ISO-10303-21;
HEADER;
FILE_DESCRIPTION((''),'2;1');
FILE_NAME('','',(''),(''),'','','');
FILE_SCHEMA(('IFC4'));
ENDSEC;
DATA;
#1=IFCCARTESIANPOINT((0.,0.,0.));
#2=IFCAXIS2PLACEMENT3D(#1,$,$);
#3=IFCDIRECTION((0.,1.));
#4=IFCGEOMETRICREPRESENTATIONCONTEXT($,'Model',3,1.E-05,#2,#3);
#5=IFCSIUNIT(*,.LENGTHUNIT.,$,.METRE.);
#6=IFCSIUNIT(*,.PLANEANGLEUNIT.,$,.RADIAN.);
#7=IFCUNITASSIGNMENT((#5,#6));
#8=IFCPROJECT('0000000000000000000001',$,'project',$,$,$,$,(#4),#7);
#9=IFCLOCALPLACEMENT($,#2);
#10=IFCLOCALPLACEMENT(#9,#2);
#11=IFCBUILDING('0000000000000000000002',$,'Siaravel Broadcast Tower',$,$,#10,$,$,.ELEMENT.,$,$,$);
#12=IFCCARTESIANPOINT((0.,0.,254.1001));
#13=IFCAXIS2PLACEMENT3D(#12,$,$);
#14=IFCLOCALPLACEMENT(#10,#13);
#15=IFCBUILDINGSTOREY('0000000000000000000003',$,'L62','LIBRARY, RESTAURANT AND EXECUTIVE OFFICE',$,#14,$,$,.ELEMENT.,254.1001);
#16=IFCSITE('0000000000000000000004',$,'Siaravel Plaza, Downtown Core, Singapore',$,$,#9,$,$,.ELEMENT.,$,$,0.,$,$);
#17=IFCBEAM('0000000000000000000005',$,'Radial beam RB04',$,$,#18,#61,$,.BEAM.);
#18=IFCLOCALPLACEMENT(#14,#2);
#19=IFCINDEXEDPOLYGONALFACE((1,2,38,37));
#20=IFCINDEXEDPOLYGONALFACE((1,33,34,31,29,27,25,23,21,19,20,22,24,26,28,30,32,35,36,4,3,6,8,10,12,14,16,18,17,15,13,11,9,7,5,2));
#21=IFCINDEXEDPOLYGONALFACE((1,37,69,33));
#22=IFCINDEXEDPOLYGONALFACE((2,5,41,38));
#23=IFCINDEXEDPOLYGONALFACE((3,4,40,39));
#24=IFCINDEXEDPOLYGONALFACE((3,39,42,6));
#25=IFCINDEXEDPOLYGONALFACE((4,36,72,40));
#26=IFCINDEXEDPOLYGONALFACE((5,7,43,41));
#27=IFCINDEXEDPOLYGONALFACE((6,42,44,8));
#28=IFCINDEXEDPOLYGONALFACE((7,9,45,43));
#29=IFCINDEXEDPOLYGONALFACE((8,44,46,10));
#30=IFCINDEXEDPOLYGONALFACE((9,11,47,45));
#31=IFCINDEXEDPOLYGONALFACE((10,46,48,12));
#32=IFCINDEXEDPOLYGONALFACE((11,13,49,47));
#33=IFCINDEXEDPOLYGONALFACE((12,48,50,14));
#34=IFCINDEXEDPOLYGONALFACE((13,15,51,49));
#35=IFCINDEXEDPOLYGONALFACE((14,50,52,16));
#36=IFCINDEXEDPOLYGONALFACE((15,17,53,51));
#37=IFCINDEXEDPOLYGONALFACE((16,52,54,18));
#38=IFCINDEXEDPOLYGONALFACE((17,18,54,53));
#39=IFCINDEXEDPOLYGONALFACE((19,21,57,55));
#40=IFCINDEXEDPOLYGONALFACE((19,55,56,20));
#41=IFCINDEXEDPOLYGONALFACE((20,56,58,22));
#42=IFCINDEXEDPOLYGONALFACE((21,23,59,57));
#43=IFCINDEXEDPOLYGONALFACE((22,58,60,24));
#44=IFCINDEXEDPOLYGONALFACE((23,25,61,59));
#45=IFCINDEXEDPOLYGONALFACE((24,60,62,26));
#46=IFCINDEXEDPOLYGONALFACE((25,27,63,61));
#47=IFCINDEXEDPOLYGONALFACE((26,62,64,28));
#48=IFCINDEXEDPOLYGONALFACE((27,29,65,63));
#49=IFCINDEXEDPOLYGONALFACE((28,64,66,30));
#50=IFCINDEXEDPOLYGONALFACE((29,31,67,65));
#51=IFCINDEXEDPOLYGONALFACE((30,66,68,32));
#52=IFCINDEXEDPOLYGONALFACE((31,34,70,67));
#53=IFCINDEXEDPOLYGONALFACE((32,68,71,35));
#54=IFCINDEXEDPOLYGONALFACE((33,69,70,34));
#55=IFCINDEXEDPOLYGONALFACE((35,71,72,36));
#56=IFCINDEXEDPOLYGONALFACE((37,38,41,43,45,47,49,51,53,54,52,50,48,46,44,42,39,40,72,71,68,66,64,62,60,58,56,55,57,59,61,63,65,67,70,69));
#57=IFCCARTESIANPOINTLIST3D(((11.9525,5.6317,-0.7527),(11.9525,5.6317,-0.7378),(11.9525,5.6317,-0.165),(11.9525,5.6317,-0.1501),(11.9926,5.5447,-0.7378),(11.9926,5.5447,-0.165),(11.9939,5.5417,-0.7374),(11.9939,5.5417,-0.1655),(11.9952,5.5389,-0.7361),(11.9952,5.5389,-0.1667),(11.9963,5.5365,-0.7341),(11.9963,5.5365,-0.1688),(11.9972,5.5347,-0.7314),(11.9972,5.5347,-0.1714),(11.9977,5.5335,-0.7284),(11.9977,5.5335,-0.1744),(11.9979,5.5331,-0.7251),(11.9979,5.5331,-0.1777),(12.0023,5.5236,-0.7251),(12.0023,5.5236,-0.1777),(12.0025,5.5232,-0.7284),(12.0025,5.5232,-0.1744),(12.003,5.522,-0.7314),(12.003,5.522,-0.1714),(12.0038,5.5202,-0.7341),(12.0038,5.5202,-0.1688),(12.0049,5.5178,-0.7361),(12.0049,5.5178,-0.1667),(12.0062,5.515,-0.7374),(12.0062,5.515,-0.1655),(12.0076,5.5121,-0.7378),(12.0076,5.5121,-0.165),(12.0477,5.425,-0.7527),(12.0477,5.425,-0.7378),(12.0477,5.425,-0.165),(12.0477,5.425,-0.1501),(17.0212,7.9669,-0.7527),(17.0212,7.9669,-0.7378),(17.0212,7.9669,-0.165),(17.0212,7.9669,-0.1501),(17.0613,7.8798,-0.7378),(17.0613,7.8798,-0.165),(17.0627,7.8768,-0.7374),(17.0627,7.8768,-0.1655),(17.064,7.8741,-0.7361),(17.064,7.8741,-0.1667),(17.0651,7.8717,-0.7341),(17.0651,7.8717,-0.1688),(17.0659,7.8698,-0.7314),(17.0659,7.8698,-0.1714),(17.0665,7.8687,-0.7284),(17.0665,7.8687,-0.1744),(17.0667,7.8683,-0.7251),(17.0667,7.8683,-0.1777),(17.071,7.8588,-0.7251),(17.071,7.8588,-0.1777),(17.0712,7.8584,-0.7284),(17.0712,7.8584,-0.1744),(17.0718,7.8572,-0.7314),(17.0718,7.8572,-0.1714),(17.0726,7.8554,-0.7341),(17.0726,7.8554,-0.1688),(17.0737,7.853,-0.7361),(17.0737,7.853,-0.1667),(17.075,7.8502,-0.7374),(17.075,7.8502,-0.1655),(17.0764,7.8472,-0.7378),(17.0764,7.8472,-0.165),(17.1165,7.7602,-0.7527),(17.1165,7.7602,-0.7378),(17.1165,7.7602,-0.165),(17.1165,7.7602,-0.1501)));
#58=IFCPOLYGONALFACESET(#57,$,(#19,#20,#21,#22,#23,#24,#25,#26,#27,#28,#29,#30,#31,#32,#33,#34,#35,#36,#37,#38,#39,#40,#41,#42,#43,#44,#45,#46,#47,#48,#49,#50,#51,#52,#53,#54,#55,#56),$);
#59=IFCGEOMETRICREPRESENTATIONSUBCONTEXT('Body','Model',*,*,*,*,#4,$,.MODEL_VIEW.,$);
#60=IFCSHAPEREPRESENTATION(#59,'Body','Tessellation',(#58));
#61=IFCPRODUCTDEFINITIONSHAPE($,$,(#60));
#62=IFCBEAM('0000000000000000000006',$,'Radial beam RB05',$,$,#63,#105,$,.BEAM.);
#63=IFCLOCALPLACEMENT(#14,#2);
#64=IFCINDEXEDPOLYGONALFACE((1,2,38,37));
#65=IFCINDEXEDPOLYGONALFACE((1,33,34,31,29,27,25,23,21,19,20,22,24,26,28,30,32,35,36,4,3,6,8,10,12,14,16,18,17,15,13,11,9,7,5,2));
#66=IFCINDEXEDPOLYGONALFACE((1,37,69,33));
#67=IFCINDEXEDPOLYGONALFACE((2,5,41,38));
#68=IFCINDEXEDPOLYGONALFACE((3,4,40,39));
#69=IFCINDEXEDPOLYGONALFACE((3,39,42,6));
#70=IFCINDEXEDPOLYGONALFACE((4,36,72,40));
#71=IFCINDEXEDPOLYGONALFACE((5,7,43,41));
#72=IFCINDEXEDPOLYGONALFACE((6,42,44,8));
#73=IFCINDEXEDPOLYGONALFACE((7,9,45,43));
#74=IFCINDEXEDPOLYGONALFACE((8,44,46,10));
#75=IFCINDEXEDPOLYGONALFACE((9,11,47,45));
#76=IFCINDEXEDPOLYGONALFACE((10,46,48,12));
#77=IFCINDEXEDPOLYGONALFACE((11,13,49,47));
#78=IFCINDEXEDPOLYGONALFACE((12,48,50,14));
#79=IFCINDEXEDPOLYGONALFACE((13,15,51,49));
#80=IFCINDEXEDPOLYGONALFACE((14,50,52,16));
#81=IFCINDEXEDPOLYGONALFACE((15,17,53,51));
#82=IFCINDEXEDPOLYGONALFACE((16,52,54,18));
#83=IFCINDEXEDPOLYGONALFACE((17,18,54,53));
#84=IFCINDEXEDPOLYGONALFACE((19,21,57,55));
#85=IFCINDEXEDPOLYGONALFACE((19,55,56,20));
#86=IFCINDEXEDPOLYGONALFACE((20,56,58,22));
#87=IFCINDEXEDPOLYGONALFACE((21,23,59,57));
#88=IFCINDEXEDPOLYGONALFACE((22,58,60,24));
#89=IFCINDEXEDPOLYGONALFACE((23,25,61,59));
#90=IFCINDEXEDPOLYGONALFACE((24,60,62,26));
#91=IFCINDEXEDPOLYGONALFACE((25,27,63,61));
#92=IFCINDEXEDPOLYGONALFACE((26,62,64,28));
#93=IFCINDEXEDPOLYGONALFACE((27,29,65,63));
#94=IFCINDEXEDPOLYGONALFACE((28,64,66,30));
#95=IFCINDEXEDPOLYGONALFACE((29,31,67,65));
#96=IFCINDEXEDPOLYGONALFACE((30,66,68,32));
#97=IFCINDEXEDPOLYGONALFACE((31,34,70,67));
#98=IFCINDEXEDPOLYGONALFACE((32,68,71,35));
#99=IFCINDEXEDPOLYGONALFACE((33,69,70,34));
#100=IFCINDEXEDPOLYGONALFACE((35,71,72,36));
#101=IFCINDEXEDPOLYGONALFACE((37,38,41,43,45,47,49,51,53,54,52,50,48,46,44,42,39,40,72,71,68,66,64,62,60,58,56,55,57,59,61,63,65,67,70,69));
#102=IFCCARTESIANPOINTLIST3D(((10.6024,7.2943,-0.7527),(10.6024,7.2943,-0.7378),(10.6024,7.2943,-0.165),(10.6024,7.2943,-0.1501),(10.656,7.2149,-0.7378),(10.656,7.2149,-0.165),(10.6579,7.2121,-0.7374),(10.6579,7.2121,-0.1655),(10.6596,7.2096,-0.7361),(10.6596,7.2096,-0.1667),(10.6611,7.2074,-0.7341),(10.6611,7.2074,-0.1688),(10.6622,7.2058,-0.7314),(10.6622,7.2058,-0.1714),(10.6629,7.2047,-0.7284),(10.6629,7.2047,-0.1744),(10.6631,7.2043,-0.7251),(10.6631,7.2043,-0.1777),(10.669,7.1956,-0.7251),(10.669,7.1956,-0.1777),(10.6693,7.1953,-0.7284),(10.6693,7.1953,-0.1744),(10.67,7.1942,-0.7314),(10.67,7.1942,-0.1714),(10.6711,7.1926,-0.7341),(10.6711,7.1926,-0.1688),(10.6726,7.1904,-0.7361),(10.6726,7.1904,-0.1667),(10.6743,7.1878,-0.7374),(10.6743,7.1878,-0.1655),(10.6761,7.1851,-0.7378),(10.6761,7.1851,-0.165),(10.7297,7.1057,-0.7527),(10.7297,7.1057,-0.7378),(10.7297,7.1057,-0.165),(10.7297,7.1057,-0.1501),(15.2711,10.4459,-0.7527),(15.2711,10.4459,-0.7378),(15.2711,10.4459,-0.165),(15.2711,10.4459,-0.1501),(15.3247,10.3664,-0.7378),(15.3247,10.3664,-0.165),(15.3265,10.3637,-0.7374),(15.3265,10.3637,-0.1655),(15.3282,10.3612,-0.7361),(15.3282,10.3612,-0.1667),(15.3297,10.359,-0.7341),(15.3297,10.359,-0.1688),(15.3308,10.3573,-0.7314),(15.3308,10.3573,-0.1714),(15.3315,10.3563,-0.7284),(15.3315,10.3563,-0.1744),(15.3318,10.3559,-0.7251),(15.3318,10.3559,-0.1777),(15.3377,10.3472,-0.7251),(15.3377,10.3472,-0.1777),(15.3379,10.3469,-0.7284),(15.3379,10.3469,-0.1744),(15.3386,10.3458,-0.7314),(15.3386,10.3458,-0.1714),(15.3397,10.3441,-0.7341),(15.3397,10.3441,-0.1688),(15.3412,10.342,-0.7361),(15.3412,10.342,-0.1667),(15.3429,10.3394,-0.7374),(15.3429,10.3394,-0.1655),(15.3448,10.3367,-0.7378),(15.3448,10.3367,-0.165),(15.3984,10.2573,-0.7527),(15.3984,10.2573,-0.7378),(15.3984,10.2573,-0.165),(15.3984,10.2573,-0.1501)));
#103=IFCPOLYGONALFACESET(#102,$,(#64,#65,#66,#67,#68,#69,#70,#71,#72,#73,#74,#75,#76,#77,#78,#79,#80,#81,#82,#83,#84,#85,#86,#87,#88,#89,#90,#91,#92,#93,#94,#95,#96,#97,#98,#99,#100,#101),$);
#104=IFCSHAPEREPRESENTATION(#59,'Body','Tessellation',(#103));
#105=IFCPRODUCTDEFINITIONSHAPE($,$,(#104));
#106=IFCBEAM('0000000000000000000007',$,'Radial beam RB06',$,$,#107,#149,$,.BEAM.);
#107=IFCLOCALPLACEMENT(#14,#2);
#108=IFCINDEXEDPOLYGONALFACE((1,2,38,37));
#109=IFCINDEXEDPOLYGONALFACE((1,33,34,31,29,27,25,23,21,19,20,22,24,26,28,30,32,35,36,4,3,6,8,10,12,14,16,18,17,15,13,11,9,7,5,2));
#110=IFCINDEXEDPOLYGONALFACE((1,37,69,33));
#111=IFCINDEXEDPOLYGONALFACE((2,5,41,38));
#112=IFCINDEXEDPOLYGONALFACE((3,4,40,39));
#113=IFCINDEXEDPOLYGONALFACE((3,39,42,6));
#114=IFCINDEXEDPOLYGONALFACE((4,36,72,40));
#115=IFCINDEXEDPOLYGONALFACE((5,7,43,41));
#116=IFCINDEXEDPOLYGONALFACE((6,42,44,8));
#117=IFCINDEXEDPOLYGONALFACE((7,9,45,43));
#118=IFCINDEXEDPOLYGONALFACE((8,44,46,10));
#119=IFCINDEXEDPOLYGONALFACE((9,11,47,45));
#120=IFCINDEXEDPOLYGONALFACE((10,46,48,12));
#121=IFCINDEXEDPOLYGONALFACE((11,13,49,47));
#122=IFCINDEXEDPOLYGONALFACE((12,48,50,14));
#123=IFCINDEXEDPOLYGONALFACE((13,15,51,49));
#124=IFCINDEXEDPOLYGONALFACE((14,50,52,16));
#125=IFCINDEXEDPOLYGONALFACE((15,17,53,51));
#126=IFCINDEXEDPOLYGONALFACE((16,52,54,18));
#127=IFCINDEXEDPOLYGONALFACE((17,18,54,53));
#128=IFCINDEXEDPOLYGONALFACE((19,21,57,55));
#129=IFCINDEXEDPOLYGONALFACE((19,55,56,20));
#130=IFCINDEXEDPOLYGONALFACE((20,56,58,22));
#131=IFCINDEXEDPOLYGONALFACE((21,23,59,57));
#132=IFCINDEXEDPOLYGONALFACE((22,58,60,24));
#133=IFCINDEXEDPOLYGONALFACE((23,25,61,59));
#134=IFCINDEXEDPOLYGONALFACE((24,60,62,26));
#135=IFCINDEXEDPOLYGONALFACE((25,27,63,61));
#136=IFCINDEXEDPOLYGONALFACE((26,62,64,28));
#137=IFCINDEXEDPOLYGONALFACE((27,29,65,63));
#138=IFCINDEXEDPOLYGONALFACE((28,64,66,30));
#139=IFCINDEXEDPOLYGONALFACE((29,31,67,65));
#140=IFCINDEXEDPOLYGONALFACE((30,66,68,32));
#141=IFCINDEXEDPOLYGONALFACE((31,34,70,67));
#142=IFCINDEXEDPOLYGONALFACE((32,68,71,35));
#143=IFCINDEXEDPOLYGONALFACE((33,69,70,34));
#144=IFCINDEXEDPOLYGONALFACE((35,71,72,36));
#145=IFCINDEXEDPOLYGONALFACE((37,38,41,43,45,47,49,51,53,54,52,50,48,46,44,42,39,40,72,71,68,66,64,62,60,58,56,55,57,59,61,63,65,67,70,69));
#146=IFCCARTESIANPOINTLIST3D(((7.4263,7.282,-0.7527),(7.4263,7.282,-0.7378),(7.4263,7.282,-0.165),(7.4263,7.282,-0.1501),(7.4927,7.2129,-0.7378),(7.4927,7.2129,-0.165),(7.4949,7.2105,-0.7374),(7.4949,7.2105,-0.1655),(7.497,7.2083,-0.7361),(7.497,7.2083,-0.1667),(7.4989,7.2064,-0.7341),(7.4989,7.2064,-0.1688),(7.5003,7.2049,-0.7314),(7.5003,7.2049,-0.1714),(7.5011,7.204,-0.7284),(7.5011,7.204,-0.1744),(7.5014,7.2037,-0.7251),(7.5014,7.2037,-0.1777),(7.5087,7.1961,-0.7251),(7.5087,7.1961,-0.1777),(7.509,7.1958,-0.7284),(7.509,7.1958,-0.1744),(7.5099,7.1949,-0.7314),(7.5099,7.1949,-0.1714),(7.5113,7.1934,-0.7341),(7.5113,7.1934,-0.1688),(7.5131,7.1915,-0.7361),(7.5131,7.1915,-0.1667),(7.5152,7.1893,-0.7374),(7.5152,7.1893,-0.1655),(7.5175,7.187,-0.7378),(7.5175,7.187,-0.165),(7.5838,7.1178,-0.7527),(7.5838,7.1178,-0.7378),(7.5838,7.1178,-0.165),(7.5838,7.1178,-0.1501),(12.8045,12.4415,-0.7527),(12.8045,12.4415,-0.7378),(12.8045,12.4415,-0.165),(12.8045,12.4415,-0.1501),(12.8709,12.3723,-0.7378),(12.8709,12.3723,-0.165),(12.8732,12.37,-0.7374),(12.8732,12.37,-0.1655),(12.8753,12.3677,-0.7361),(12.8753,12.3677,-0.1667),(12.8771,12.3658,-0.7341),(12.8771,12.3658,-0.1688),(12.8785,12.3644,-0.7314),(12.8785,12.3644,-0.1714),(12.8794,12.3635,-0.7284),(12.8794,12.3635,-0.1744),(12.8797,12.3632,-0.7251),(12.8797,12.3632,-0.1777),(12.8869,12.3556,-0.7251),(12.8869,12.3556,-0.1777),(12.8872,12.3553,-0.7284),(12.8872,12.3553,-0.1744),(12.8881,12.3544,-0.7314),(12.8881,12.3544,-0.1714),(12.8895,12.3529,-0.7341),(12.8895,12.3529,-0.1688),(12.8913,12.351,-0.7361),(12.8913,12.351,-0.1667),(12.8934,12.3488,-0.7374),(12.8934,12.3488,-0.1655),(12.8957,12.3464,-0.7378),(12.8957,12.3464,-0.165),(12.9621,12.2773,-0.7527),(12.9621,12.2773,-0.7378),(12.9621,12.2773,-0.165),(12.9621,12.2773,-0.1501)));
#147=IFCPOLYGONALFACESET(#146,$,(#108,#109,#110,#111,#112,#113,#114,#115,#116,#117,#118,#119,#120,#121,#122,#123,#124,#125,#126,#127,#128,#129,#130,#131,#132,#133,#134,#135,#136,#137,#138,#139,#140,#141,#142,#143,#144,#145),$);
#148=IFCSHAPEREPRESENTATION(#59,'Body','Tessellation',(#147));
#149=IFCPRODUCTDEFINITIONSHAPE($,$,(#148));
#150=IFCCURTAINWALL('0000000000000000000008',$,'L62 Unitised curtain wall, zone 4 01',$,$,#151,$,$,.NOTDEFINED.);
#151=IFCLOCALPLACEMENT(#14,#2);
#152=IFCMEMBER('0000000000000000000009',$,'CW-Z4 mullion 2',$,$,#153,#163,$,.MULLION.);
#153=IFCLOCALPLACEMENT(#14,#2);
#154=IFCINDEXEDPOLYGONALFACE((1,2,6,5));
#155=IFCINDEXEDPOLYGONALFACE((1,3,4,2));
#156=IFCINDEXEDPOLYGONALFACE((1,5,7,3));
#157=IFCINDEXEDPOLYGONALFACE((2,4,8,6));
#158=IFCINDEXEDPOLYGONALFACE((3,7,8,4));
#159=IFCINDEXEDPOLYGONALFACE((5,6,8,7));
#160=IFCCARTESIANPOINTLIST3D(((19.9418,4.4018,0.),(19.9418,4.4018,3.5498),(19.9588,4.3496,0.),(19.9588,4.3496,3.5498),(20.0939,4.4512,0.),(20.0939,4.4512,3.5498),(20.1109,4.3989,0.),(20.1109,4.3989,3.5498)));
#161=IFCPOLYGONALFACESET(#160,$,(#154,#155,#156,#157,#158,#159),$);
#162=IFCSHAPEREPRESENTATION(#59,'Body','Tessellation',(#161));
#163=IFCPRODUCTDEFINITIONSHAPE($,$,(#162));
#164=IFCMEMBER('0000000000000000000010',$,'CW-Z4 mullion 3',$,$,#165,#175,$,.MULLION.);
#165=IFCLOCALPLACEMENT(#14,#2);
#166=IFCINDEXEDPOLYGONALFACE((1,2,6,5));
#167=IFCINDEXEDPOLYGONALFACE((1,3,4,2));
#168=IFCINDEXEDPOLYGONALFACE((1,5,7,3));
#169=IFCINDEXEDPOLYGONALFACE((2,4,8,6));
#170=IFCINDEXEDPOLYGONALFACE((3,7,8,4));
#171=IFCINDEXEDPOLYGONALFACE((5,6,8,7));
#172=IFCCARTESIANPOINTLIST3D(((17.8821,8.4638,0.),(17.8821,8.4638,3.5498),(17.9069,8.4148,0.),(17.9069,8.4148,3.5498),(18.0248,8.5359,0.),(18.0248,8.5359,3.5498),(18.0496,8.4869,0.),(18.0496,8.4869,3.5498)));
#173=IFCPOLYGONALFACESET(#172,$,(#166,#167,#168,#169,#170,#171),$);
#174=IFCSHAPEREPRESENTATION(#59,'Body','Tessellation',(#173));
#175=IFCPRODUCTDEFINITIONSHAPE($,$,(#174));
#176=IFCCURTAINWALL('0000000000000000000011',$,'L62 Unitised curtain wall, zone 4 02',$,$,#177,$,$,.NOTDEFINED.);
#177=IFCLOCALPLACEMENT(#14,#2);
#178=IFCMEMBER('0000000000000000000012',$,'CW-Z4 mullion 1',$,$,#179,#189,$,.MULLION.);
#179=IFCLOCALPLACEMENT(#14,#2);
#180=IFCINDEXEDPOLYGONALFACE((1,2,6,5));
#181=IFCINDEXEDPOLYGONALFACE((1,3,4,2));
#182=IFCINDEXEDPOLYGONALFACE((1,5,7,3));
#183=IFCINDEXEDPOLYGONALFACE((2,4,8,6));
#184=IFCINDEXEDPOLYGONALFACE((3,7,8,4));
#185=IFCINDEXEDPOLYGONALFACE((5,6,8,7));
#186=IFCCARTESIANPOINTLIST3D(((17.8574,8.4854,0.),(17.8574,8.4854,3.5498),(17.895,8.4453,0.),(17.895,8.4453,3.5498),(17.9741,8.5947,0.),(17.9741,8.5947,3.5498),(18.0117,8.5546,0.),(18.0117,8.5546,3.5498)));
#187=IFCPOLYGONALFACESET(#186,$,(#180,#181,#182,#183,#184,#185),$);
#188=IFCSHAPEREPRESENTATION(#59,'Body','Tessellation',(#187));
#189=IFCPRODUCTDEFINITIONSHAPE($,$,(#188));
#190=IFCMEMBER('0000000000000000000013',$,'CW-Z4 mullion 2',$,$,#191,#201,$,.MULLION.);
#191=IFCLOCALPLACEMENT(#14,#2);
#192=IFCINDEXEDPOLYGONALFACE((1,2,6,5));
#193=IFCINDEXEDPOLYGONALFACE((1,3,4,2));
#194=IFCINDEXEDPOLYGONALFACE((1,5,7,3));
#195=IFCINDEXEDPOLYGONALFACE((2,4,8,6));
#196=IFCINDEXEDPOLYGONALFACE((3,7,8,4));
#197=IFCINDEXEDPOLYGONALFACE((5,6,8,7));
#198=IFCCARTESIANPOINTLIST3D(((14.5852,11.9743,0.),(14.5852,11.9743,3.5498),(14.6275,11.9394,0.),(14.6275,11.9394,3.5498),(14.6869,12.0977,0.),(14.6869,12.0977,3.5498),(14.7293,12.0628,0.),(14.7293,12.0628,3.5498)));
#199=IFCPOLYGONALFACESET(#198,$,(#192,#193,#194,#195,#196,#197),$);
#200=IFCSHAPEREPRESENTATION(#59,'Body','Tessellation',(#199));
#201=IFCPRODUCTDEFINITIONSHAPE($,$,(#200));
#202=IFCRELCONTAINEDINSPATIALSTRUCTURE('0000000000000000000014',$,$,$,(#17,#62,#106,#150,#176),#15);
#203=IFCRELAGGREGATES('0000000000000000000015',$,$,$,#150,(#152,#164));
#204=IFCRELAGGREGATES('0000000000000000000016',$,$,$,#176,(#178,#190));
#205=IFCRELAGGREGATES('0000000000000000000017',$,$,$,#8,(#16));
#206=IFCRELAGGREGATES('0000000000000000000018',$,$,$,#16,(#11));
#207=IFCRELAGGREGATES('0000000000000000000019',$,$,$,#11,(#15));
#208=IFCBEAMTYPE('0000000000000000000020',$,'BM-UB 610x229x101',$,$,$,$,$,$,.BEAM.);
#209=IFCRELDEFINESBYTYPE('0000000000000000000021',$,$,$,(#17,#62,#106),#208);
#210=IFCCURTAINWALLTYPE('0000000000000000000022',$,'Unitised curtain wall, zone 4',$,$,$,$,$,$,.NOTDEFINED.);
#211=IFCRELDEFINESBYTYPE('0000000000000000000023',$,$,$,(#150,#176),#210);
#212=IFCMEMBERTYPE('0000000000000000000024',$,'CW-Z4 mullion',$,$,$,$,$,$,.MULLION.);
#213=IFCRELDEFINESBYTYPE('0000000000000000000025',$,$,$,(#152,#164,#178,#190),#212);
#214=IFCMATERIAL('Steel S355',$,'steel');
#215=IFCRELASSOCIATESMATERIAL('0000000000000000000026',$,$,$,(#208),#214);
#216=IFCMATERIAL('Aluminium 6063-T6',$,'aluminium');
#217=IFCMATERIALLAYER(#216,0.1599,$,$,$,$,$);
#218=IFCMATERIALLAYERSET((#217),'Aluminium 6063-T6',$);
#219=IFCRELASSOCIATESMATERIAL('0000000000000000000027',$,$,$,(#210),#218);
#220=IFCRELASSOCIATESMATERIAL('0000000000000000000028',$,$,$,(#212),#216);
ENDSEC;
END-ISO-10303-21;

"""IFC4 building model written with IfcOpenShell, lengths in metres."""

from ifc_helpers import new_model, si_unit, direction, frame, origin, origin_2d, place, context, subcontext, project, spatial, rectangle, i_section, extrude, material, layer, layer_set, material_profile, profile_set, type_object, element, aggregate, save


model = new_model("IFC4")

# Units and contexts
model_context = context("Model", 3, precision=1e-05, world=origin(), true_north=direction((0.0, 1.0)))
body_context = subcontext(model_context, "Body", "Model", "MODEL_VIEW")
ifc_project = project(units=[si_unit("LENGTHUNIT", "METRE"), si_unit("PLANEANGLEUNIT", "RADIAN")], contexts=[model_context])

# Site, building, storey
site_placement = place(None, origin())
site = spatial("IfcSite", under=ifc_project, at=site_placement, Name="Siaravel Plaza, Downtown Core, Singapore", CompositionType="ELEMENT", RefElevation=0.0)
building_placement = place(site_placement, origin())
building = spatial("IfcBuilding", under=site, at=building_placement, Name="Siaravel Broadcast Tower", CompositionType="ELEMENT")
storey_placement = place(building_placement, frame((0.0, 0.0, 254.1001)))
storey = spatial("IfcBuildingStorey", under=building, at=storey_placement, Name="L62", Description="LIBRARY, RESTAURANT AND EXECUTIVE OFFICE", CompositionType="ELEMENT", Elevation=254.1001)

# Beams
ifc_material_1 = material(Name="Steel S355", Category="steel")
ifc_material_profile_1 = material_profile(ifc_material_1, i_section(OverallWidth=0.2275, OverallDepth=0.6025, WebThickness=0.0105, FlangeThickness=0.0149, FilletRadius=0.0127, at=origin_2d()))
ifc_profile_set_1 = profile_set([ifc_material_profile_1], Name="Steel S355")
beam_type = type_object("IfcBeamType", Name="BM-UB 610x229x101", PredefinedType="BEAM", material=ifc_profile_set_1)
beam_1_placement = place(storey_placement, frame((17.0688, 7.8635, -0.4514), z_axis=(-0.90825, -0.418428, 0.0), x_axis=(0.418428, -0.90825, 0.0)))
element("IfcBeam", 1, at=beam_1_placement, inside=storey, type_object=beam_type, Name="Radial beam RB04", PredefinedType="BEAM", context=body_context, shape_type="SweptSolid", body=[
    extrude(i_section(OverallWidth=0.2275, OverallDepth=0.6025, WebThickness=0.0105, FlangeThickness=0.0149, FilletRadius=0.0127, at=origin_2d()), origin(), (0.0, 0.0, 1.0), 5.5808),
])
beam_2_placement = place(storey_placement, frame((15.3347, 10.3516, -0.4514), z_axis=(-0.828829, -0.559502, 0.0), x_axis=(0.559502, -0.828829, 0.0)))
element("IfcBeam", 2, at=beam_2_placement, inside=storey, type_object=beam_type, Name="Radial beam RB05", PredefinedType="BEAM", context=body_context, shape_type="SweptSolid", body=[
    extrude(i_section(OverallWidth=0.2275, OverallDepth=0.6025, WebThickness=0.0105, FlangeThickness=0.0149, FilletRadius=0.0127, at=origin_2d()), origin(), (0.0, 0.0, 1.0), 5.6328),
])
beam_3_placement = place(storey_placement, frame((12.8833, 12.3594, -0.4514), z_axis=(-0.72163, -0.692279, 0.0), x_axis=(0.692279, -0.72163, 0.0)))
element("IfcBeam", 3, at=beam_3_placement, inside=storey, type_object=beam_type, Name="Radial beam RB06", PredefinedType="BEAM", context=body_context, shape_type="SweptSolid", body=[
    extrude(i_section(OverallWidth=0.2275, OverallDepth=0.6025, WebThickness=0.0105, FlangeThickness=0.0149, FilletRadius=0.0127, at=origin_2d()), origin(), (0.0, 0.0, 1.0), 7.4529),
])

# Curtain walls, members
ifc_material_2 = material(Name="Aluminium 6063-T6", Category="aluminium")
ifc_layer_1 = layer(ifc_material_2, 0.1599)
ifc_layer_set_1 = layer_set([ifc_layer_1], Name="Aluminium 6063-T6")
curtain_wall_type = type_object("IfcCurtainWallType", Name="Unitised curtain wall, zone 4", PredefinedType="NOTDEFINED", material=ifc_layer_set_1)
curtain_wall_1_placement = place(storey_placement, origin())
curtain_wall_1 = element("IfcCurtainWall", 4, at=curtain_wall_1_placement, inside=storey, type_object=curtain_wall_type, Name="L62 Unitised curtain wall, zone 4 01", PredefinedType="NOTDEFINED")
ifc_material_profile_2 = material_profile(ifc_material_2, rectangle(XDim=0.1599, YDim=0.0549, at=origin_2d()))
ifc_profile_set_2 = profile_set([ifc_material_profile_2], Name="Aluminium 6063-T6")
member_type_1 = type_object("IfcMemberType", Name="CW-Z4 mullion", PredefinedType="MULLION", material=ifc_profile_set_2)
member_1_placement = place(storey_placement, frame((20.0264, 4.4004, 0.0), z_axis=(0.0, 0.0, 1.0), x_axis=(-0.951178, -0.308644, 0.0)))
member_1 = element("IfcMember", 5, at=member_1_placement, type_object=member_type_1, Name="CW-Z4 mullion 2", PredefinedType="MULLION", context=body_context, shape_type="SweptSolid", body=[
    extrude(rectangle(XDim=0.1599, YDim=0.0549, at=origin_2d()), origin(), (0.0, 0.0, 1.0), 3.5498),
])
member_2_placement = place(storey_placement, frame((17.9658, 8.4753, 0.0), z_axis=(0.0, 0.0, 1.0), x_axis=(-0.892393, -0.451259, 0.0)))
member_2 = element("IfcMember", 6, at=member_2_placement, type_object=member_type_1, Name="CW-Z4 mullion 3", PredefinedType="MULLION", context=body_context, shape_type="SweptSolid", body=[
    extrude(rectangle(XDim=0.1599, YDim=0.0549, at=origin_2d()), origin(), (0.0, 0.0, 1.0), 3.5498),
])
curtain_wall_2_placement = place(storey_placement, origin())
curtain_wall_2 = element("IfcCurtainWall", 7, at=curtain_wall_2_placement, inside=storey, type_object=curtain_wall_type, Name="L62 Unitised curtain wall, zone 4 02", PredefinedType="NOTDEFINED")
member_3_placement = place(storey_placement, frame((17.9346, 8.52, 0.0), z_axis=(0.0, 0.0, 1.0), x_axis=(-0.729807, -0.683654, 0.0)))
member_3 = element("IfcMember", 8, at=member_3_placement, type_object=member_type_1, Name="CW-Z4 mullion 1", PredefinedType="MULLION", context=body_context, shape_type="SweptSolid", body=[
    extrude(rectangle(XDim=0.1599, YDim=0.0549, at=origin_2d()), origin(), (0.0, 0.0, 1.0), 3.5498),
])
member_4_placement = place(storey_placement, frame((14.6572, 12.0186, 0.0), z_axis=(0.0, 0.0, 1.0), x_axis=(-0.63622, -0.771508, 0.0)))
member_4 = element("IfcMember", 9, at=member_4_placement, type_object=member_type_1, Name="CW-Z4 mullion 2", PredefinedType="MULLION", context=body_context, shape_type="SweptSolid", body=[
    extrude(rectangle(XDim=0.1599, YDim=0.0549, at=origin_2d()), origin(), (0.0, 0.0, 1.0), 3.5498),
])

aggregate(curtain_wall_1, [member_1, member_2])
aggregate(curtain_wall_2, [member_3, member_4])

save(model, "model.ifc")
